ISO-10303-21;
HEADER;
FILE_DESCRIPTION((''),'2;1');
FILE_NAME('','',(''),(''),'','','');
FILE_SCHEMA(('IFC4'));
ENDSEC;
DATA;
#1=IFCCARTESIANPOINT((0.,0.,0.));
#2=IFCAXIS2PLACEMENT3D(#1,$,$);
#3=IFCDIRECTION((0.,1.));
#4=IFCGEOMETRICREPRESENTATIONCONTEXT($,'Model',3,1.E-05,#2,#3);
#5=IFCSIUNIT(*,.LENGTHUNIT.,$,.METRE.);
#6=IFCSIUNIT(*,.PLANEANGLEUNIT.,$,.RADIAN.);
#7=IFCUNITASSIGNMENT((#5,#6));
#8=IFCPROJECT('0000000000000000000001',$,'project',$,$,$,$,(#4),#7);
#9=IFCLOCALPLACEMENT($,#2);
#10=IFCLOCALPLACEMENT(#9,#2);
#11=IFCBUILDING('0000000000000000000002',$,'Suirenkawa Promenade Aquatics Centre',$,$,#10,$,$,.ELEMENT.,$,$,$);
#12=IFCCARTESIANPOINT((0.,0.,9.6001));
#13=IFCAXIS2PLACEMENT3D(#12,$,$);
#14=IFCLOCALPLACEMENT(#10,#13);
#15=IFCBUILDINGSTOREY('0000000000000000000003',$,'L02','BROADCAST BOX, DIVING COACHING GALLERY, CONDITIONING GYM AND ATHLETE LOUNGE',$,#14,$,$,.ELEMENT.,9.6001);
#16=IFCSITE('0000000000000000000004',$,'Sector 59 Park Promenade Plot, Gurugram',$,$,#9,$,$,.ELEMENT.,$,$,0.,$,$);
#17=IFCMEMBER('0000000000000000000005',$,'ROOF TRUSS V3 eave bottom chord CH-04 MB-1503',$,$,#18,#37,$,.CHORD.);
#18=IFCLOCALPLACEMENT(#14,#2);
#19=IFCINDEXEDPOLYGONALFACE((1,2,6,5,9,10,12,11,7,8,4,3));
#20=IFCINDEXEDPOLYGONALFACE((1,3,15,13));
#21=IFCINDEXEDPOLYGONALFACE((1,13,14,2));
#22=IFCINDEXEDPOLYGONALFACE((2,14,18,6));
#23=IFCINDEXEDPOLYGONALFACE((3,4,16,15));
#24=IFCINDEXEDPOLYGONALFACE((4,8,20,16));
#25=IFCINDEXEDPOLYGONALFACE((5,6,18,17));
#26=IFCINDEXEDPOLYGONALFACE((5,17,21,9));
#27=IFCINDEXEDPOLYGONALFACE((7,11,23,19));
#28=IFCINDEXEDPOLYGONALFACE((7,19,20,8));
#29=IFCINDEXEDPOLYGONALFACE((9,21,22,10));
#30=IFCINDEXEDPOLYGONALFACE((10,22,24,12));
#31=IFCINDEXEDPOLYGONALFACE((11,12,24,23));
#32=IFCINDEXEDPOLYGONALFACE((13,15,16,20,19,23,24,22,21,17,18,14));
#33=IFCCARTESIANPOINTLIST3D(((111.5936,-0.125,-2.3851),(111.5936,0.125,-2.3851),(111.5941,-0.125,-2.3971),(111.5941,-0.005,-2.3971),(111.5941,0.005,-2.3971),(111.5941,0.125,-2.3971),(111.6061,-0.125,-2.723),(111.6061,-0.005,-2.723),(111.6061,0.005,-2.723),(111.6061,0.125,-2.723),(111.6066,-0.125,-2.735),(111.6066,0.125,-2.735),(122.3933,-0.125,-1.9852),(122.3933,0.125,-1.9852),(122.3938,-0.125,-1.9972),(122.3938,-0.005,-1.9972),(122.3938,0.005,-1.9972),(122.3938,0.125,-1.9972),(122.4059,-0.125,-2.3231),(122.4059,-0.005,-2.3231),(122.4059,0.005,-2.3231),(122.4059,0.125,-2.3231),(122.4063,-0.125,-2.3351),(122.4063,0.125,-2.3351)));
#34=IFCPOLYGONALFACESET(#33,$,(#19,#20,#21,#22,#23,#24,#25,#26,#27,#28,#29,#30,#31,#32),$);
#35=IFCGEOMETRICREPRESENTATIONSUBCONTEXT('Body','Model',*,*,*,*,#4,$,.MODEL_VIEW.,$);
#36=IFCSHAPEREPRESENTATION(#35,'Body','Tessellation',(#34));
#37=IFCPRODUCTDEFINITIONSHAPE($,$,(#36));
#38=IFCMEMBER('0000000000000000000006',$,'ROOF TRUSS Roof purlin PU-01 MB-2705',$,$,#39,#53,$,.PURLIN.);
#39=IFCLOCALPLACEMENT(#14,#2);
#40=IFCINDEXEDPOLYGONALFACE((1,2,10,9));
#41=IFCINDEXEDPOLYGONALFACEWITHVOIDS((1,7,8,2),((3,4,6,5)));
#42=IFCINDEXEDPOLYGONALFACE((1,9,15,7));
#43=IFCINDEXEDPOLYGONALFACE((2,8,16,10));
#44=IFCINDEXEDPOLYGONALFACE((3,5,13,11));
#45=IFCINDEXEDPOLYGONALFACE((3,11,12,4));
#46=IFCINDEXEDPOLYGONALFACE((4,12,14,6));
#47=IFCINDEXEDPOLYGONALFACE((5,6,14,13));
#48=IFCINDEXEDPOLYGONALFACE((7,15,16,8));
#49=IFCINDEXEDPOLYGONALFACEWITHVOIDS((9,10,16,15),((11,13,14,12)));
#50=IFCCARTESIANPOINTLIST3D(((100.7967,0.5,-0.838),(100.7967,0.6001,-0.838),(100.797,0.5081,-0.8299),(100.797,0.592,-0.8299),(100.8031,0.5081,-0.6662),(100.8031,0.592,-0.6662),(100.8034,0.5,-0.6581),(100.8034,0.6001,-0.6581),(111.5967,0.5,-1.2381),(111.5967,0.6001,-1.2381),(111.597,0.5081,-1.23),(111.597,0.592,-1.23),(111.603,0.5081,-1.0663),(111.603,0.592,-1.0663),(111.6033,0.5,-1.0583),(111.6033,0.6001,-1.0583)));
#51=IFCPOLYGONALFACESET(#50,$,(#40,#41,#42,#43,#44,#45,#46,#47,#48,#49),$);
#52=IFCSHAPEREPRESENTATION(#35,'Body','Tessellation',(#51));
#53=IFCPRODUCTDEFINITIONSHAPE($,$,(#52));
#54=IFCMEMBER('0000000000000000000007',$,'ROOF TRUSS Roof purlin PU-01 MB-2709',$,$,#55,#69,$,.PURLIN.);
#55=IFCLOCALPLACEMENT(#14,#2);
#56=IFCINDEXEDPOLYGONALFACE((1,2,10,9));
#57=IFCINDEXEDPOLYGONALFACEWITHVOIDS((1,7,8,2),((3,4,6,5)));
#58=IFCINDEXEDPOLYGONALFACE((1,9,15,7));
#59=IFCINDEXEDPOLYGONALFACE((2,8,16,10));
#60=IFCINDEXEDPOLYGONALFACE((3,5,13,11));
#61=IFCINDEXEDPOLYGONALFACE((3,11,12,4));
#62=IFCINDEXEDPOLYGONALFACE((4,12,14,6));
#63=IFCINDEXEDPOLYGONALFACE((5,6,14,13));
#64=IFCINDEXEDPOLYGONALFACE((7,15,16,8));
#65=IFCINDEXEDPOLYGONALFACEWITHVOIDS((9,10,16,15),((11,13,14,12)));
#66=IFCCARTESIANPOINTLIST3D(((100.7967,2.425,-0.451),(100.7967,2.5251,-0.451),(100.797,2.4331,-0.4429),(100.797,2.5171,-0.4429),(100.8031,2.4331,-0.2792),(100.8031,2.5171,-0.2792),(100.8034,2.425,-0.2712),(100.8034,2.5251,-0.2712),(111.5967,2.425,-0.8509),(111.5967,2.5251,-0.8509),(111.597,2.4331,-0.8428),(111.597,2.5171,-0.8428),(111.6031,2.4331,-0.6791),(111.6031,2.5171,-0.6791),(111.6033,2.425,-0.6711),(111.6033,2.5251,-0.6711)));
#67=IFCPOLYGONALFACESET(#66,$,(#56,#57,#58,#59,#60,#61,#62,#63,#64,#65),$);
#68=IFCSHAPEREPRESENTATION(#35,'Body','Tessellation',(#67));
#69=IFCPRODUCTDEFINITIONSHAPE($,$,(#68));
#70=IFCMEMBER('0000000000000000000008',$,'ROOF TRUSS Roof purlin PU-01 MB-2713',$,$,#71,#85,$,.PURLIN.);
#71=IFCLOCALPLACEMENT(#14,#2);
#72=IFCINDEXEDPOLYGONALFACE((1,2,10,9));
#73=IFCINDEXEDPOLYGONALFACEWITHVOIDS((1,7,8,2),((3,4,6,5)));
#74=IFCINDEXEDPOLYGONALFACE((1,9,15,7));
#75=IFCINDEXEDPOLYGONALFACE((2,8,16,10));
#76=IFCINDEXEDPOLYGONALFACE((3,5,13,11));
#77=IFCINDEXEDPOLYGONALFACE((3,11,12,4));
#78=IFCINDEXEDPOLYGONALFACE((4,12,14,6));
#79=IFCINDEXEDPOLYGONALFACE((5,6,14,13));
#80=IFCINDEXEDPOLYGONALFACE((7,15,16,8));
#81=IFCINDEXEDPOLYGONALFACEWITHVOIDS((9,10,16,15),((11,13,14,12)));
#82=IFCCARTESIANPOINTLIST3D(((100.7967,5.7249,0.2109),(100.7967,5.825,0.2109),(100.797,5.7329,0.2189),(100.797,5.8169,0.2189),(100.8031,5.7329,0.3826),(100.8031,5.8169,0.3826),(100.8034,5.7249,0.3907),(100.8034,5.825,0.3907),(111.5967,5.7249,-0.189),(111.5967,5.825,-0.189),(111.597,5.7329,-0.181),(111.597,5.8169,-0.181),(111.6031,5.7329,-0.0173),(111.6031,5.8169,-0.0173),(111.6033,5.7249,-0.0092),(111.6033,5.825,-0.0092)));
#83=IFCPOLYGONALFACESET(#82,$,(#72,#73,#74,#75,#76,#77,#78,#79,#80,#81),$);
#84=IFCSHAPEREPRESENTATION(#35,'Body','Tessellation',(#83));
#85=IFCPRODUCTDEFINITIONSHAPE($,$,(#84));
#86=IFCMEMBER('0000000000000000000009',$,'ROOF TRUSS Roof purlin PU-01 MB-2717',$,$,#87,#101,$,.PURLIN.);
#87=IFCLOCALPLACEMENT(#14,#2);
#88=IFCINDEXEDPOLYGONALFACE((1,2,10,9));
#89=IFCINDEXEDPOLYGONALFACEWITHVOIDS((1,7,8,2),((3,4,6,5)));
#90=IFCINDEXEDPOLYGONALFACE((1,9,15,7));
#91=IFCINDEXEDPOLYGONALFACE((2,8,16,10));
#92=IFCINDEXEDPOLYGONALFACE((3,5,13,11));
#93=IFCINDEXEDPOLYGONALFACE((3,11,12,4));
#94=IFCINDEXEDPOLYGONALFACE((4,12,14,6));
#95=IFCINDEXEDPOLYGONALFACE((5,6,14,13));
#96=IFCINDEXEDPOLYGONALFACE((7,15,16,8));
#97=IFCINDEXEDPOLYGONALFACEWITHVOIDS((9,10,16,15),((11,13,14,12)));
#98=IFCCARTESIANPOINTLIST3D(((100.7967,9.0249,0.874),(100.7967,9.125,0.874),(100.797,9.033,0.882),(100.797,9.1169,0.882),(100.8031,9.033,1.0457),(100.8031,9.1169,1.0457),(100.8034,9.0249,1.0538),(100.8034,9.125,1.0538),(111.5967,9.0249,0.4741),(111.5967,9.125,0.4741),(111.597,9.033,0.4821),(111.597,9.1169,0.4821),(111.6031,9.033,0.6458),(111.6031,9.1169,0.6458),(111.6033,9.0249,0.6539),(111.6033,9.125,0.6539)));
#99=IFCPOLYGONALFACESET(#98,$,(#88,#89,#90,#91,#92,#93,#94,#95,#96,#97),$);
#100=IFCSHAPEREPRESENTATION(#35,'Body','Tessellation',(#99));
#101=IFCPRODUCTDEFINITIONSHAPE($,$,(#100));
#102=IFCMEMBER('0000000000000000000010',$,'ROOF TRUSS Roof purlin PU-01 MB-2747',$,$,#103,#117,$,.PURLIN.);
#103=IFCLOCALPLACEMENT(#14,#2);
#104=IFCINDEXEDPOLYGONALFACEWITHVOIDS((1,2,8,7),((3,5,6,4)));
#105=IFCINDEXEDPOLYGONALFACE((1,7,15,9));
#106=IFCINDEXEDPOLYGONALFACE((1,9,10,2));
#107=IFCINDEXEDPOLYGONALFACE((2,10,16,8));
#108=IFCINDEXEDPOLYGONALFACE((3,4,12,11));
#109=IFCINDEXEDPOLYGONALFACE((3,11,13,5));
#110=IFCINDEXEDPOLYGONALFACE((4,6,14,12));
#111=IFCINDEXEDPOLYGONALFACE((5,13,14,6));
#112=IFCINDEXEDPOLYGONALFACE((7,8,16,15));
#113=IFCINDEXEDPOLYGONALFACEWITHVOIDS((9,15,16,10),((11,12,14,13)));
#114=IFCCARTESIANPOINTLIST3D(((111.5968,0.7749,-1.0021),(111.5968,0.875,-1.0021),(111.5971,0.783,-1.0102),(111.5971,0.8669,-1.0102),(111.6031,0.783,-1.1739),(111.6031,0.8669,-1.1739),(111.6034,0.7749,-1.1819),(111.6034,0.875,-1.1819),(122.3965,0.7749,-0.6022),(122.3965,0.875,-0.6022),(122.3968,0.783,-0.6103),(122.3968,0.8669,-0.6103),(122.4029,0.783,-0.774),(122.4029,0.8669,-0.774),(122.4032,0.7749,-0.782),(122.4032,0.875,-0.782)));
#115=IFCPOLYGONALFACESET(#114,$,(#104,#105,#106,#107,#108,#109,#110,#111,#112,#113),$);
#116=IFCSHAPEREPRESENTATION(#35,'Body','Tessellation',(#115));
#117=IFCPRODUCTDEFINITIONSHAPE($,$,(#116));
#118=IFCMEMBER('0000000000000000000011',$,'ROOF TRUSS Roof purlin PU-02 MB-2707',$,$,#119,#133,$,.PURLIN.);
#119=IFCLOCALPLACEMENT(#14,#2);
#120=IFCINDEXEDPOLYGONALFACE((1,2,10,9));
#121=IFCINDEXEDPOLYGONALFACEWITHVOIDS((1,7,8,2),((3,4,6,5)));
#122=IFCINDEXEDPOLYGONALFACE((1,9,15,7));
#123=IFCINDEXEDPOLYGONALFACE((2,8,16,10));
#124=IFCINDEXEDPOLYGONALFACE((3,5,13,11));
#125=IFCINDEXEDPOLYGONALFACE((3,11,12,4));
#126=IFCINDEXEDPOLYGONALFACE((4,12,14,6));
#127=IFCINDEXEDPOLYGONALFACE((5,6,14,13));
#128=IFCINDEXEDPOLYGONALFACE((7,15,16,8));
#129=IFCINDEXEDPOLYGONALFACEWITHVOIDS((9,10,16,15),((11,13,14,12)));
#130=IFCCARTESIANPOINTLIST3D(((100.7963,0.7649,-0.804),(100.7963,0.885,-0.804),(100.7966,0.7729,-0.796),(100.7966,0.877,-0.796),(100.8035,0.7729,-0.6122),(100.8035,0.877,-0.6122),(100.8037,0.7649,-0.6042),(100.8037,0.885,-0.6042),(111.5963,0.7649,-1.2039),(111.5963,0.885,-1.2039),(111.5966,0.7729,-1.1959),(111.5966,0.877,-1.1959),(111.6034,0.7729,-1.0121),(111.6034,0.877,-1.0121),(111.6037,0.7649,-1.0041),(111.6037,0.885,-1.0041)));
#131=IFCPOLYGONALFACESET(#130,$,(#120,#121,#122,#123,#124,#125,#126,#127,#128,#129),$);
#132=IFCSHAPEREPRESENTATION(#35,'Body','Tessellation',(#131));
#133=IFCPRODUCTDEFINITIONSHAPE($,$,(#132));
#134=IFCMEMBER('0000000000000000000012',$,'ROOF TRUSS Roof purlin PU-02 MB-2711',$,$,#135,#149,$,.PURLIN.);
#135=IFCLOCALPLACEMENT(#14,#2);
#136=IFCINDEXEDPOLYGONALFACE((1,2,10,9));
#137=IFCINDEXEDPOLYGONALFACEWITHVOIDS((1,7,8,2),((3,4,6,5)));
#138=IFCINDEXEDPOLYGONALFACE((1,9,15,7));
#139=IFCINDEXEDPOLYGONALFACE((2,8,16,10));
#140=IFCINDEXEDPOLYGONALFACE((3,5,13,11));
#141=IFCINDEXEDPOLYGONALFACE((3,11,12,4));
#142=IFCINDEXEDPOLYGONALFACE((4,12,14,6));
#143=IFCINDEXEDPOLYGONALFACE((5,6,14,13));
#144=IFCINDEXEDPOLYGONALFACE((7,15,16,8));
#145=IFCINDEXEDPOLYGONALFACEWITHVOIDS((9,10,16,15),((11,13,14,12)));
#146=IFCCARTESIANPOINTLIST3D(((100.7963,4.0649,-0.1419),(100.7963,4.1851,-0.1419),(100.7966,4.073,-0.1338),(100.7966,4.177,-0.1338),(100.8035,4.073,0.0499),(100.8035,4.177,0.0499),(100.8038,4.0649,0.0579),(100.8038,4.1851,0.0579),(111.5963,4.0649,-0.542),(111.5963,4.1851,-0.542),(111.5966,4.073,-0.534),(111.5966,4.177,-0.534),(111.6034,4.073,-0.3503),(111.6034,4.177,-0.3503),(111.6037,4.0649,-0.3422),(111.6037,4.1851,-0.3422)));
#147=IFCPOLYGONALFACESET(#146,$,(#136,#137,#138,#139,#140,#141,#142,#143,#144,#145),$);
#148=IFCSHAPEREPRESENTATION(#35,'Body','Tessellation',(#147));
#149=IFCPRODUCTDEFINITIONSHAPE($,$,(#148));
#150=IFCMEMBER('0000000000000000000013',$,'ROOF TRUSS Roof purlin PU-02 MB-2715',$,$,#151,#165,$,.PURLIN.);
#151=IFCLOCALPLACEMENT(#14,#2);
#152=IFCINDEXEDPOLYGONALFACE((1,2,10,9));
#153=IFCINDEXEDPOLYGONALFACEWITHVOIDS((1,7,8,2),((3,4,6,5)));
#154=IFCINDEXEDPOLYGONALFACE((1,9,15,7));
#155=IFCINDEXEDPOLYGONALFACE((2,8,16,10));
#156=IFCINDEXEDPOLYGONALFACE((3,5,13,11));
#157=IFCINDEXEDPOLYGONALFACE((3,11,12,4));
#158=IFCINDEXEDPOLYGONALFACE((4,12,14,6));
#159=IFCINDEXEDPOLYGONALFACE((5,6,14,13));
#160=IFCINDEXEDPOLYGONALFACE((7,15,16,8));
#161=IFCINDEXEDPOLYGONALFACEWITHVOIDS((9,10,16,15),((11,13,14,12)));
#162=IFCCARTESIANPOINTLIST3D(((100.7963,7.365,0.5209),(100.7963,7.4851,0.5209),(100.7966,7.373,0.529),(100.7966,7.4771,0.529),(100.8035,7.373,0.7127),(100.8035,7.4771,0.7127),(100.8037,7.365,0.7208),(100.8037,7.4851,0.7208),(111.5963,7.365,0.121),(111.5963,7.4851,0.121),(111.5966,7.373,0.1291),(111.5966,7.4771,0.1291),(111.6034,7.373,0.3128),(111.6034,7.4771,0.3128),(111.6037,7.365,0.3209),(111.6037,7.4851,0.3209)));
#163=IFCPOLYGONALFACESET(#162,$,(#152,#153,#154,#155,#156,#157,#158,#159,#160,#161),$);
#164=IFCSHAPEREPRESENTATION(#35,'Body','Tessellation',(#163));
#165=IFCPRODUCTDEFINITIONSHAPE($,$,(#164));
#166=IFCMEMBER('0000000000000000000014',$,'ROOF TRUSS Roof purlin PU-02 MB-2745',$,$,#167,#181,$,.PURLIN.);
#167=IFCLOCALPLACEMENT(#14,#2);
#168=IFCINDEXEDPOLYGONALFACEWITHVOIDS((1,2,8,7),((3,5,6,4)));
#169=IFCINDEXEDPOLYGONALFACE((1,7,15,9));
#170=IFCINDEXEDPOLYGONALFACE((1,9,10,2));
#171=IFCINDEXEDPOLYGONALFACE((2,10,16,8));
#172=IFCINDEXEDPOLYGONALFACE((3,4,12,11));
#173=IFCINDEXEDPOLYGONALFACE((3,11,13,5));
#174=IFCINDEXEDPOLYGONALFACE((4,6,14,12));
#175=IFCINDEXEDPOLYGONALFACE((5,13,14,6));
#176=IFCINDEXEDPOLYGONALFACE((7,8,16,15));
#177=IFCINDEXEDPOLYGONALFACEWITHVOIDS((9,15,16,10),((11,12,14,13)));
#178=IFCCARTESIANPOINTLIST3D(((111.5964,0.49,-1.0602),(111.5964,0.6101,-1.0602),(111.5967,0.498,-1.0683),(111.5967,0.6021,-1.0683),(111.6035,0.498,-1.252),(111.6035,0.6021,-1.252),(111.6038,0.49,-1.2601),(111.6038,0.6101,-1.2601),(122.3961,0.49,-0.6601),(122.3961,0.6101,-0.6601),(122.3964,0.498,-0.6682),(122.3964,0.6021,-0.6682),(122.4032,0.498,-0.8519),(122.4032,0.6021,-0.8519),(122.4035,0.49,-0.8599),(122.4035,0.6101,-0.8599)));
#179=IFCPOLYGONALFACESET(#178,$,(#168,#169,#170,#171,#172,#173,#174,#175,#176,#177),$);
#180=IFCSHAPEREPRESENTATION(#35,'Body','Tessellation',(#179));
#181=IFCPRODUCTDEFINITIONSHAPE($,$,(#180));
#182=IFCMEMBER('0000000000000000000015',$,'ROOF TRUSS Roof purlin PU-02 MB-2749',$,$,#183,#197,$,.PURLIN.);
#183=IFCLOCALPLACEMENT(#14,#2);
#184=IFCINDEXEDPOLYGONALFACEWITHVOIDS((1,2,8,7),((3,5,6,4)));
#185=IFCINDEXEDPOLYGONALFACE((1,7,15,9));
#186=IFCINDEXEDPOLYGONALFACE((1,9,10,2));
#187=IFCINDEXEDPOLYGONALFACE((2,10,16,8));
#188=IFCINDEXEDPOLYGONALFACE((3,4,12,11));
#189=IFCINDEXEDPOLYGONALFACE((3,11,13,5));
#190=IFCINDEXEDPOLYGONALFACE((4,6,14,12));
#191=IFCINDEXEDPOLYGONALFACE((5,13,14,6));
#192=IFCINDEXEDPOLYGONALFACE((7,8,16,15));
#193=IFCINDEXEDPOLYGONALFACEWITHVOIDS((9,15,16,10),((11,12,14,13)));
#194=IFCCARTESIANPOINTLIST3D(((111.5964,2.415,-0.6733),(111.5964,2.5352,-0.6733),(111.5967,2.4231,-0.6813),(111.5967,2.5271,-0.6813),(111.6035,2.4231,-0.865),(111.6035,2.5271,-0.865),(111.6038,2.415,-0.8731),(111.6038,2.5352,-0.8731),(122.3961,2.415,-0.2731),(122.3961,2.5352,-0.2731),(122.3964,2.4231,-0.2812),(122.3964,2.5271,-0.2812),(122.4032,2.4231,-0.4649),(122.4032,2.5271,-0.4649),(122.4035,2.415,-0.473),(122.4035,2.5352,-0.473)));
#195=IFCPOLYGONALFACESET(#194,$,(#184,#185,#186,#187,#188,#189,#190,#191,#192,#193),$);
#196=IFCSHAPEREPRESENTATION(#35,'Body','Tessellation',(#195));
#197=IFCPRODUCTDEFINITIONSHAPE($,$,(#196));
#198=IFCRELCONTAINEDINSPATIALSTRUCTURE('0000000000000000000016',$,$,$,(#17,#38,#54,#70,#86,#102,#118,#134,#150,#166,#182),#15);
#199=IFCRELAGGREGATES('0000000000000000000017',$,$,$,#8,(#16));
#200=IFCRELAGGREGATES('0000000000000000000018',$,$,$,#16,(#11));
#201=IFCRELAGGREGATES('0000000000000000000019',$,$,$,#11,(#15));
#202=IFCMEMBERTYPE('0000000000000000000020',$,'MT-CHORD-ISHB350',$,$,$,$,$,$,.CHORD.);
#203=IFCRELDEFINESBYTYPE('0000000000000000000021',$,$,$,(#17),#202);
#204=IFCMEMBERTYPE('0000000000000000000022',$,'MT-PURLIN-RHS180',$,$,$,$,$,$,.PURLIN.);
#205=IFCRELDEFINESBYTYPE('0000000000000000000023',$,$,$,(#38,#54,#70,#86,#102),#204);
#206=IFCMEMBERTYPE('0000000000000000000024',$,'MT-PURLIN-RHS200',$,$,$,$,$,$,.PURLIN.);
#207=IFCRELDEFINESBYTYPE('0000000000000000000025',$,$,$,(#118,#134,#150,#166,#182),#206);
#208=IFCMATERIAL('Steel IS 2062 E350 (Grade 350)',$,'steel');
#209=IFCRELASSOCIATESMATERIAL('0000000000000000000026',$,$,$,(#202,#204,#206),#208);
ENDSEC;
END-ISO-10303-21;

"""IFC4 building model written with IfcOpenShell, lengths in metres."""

from ifc_helpers import new_model, si_unit, direction, frame, origin, origin_2d, place, context, subcontext, project, spatial, hollow_rectangle, i_section, extrude, material, material_profile, profile_set, type_object, element, save


model = new_model("IFC4")

# Units and contexts
model_context = context("Model", 3, precision=1e-05, world=origin(), true_north=direction((0.0, 1.0)))
body_context = subcontext(model_context, "Body", "Model", "MODEL_VIEW")
ifc_project = project(units=[si_unit("LENGTHUNIT", "METRE"), si_unit("PLANEANGLEUNIT", "RADIAN")], contexts=[model_context])

# Site, building, storey
site_placement = place(None, origin())
site = spatial("IfcSite", under=ifc_project, at=site_placement, Name="Sector 59 Park Promenade Plot, Gurugram", CompositionType="ELEMENT", RefElevation=0.0)
building_placement = place(site_placement, origin())
building = spatial("IfcBuilding", under=site, at=building_placement, Name="Suirenkawa Promenade Aquatics Centre", CompositionType="ELEMENT")
storey_placement = place(building_placement, frame((0.0, 0.0, 9.6001)))
storey = spatial("IfcBuildingStorey", under=building, at=storey_placement, Name="L02", Description="BROADCAST BOX, DIVING COACHING GALLERY, CONDITIONING GYM AND ATHLETE LOUNGE", CompositionType="ELEMENT", Elevation=9.6001)

# Shared definitions
ifc_material_1 = material(Name="Steel IS 2062 E350 (Grade 350)", Category="steel")

# Members
ifc_material_profile_1 = material_profile(ifc_material_1, i_section(OverallWidth=0.25, OverallDepth=0.3501, WebThickness=0.01, FlangeThickness=0.012, at=origin_2d()), Name="ISHB 350", Category="steel")
ifc_profile_set_1 = profile_set([ifc_material_profile_1], Name="Steel IS 2062 E350 (Grade 350)")
member_type_1 = type_object("IfcMemberType", Name="MT-CHORD-ISHB350", PredefinedType="CHORD", material=ifc_profile_set_1)
member_1_placement = place(storey_placement, frame((111.6001, 0.0, -2.5601), z_axis=(0.999315, 0.0, 0.037003), x_axis=(0.0, 1.0, 0.0)))
element("IfcMember", 1, at=member_1_placement, inside=storey, type_object=member_type_1, Name="ROOF TRUSS V3 eave bottom chord CH-04 MB-1503", PredefinedType="CHORD", context=body_context, shape_type="SweptSolid", body=[
    extrude(i_section(OverallWidth=0.25, OverallDepth=0.3501, WebThickness=0.01, FlangeThickness=0.012, at=origin_2d()), origin(), (0.0, 0.0, 1.0), 10.8071),
])
ifc_material_profile_2 = material_profile(ifc_material_1, hollow_rectangle(XDim=0.1001, YDim=0.1799, WallThickness=0.0081, at=origin_2d()), Name="RHS 180x100x8", Category="steel")
ifc_profile_set_2 = profile_set([ifc_material_profile_2], Name="Steel IS 2062 E350 (Grade 350)")
member_type_2 = type_object("IfcMemberType", Name="MT-PURLIN-RHS180", PredefinedType="PURLIN", material=ifc_profile_set_2)
for number, where, z_axis, x_axis, name in (
    (2, (100.8, 0.55, -0.748), (0.999314, 0.0, -0.037025), (0.0, 1.0, 0.0), "ROOF TRUSS Roof purlin PU-01 MB-2705"),
    (3, (100.8, 2.4751, -0.3611), (0.999315, 0.0, -0.037002), (0.0, 1.0, 0.0), "ROOF TRUSS Roof purlin PU-01 MB-2709"),
    (4, (100.8, 5.7749, 0.3008), (0.999315, 0.0, -0.037002), (0.0, 1.0, 0.0), "ROOF TRUSS Roof purlin PU-01 MB-2713"),
    (5, (100.8, 9.075, 0.9639), (0.999315, 0.0, -0.037002), (0.0, 1.0, 0.0), "ROOF TRUSS Roof purlin PU-01 MB-2717"),
):
    element("IfcMember", number, at=place(storey_placement, frame(where, z_axis=z_axis, x_axis=x_axis)), inside=storey, type_object=member_type_2, Name=name, PredefinedType="PURLIN", context=body_context, shape_type="SweptSolid", body=[
        extrude(hollow_rectangle(XDim=0.1001, YDim=0.1799, WallThickness=0.0081, at=origin_2d()), origin(), (0.0, 0.0, 1.0), 10.8074),
    ])
member_2_placement = place(storey_placement, frame((111.6001, 0.825, -1.092), z_axis=(0.999315, 0.0, 0.037003), x_axis=(0.0, 1.0, 0.0)))
element("IfcMember", 6, at=member_2_placement, inside=storey, type_object=member_type_2, Name="ROOF TRUSS Roof purlin PU-01 MB-2747", PredefinedType="PURLIN", context=body_context, shape_type="SweptSolid", body=[
    extrude(hollow_rectangle(XDim=0.1001, YDim=0.1799, WallThickness=0.0081, at=origin_2d()), origin(), (0.0, 0.0, 1.0), 10.8071),
])
ifc_material_profile_3 = material_profile(ifc_material_1, hollow_rectangle(XDim=0.1201, YDim=0.2, WallThickness=0.0081, at=origin_2d()), Name="RHS 200x120x8", Category="steel")
ifc_profile_set_3 = profile_set([ifc_material_profile_3], Name="Steel IS 2062 E350 (Grade 350)")
member_type_3 = type_object("IfcMemberType", Name="MT-PURLIN-RHS200", PredefinedType="PURLIN", material=ifc_profile_set_3)
for number, where, z_axis, x_axis, name in (
    (7, (100.8, 0.825, -0.7041), (0.999315, 0.0, -0.037002), (0.0, 1.0, 0.0), "ROOF TRUSS Roof purlin PU-02 MB-2707"),
    (8, (100.8, 4.125, -0.042), (0.999314, 0.0, -0.037025), (0.0, 1.0, 0.0), "ROOF TRUSS Roof purlin PU-02 MB-2711"),
    (9, (100.8, 7.425, 0.6208), (0.999315, 0.0, -0.037002), (0.0, 1.0, 0.0), "ROOF TRUSS Roof purlin PU-02 MB-2715"),
):
    element("IfcMember", number, at=place(storey_placement, frame(where, z_axis=z_axis, x_axis=x_axis)), inside=storey, type_object=member_type_3, Name=name, PredefinedType="PURLIN", context=body_context, shape_type="SweptSolid", body=[
        extrude(hollow_rectangle(XDim=0.1201, YDim=0.2, WallThickness=0.0081, at=origin_2d()), origin(), (0.0, 0.0, 1.0), 10.8074),
    ])
for number, where, z_axis, x_axis, name in (
    (10, (111.6001, 0.55, -1.1602), (0.999314, 0.0, 0.037026), (0.0, 1.0, 0.0), "ROOF TRUSS Roof purlin PU-02 MB-2745"),
    (11, (111.6001, 2.4751, -0.7732), (0.999314, 0.0, 0.037026), (0.0, 1.0, 0.0), "ROOF TRUSS Roof purlin PU-02 MB-2749"),
):
    element("IfcMember", number, at=place(storey_placement, frame(where, z_axis=z_axis, x_axis=x_axis)), inside=storey, type_object=member_type_3, Name=name, PredefinedType="PURLIN", context=body_context, shape_type="SweptSolid", body=[
        extrude(hollow_rectangle(XDim=0.1201, YDim=0.2, WallThickness=0.0081, at=origin_2d()), origin(), (0.0, 0.0, 1.0), 10.8071),
    ])

save(model, "model.ifc")
